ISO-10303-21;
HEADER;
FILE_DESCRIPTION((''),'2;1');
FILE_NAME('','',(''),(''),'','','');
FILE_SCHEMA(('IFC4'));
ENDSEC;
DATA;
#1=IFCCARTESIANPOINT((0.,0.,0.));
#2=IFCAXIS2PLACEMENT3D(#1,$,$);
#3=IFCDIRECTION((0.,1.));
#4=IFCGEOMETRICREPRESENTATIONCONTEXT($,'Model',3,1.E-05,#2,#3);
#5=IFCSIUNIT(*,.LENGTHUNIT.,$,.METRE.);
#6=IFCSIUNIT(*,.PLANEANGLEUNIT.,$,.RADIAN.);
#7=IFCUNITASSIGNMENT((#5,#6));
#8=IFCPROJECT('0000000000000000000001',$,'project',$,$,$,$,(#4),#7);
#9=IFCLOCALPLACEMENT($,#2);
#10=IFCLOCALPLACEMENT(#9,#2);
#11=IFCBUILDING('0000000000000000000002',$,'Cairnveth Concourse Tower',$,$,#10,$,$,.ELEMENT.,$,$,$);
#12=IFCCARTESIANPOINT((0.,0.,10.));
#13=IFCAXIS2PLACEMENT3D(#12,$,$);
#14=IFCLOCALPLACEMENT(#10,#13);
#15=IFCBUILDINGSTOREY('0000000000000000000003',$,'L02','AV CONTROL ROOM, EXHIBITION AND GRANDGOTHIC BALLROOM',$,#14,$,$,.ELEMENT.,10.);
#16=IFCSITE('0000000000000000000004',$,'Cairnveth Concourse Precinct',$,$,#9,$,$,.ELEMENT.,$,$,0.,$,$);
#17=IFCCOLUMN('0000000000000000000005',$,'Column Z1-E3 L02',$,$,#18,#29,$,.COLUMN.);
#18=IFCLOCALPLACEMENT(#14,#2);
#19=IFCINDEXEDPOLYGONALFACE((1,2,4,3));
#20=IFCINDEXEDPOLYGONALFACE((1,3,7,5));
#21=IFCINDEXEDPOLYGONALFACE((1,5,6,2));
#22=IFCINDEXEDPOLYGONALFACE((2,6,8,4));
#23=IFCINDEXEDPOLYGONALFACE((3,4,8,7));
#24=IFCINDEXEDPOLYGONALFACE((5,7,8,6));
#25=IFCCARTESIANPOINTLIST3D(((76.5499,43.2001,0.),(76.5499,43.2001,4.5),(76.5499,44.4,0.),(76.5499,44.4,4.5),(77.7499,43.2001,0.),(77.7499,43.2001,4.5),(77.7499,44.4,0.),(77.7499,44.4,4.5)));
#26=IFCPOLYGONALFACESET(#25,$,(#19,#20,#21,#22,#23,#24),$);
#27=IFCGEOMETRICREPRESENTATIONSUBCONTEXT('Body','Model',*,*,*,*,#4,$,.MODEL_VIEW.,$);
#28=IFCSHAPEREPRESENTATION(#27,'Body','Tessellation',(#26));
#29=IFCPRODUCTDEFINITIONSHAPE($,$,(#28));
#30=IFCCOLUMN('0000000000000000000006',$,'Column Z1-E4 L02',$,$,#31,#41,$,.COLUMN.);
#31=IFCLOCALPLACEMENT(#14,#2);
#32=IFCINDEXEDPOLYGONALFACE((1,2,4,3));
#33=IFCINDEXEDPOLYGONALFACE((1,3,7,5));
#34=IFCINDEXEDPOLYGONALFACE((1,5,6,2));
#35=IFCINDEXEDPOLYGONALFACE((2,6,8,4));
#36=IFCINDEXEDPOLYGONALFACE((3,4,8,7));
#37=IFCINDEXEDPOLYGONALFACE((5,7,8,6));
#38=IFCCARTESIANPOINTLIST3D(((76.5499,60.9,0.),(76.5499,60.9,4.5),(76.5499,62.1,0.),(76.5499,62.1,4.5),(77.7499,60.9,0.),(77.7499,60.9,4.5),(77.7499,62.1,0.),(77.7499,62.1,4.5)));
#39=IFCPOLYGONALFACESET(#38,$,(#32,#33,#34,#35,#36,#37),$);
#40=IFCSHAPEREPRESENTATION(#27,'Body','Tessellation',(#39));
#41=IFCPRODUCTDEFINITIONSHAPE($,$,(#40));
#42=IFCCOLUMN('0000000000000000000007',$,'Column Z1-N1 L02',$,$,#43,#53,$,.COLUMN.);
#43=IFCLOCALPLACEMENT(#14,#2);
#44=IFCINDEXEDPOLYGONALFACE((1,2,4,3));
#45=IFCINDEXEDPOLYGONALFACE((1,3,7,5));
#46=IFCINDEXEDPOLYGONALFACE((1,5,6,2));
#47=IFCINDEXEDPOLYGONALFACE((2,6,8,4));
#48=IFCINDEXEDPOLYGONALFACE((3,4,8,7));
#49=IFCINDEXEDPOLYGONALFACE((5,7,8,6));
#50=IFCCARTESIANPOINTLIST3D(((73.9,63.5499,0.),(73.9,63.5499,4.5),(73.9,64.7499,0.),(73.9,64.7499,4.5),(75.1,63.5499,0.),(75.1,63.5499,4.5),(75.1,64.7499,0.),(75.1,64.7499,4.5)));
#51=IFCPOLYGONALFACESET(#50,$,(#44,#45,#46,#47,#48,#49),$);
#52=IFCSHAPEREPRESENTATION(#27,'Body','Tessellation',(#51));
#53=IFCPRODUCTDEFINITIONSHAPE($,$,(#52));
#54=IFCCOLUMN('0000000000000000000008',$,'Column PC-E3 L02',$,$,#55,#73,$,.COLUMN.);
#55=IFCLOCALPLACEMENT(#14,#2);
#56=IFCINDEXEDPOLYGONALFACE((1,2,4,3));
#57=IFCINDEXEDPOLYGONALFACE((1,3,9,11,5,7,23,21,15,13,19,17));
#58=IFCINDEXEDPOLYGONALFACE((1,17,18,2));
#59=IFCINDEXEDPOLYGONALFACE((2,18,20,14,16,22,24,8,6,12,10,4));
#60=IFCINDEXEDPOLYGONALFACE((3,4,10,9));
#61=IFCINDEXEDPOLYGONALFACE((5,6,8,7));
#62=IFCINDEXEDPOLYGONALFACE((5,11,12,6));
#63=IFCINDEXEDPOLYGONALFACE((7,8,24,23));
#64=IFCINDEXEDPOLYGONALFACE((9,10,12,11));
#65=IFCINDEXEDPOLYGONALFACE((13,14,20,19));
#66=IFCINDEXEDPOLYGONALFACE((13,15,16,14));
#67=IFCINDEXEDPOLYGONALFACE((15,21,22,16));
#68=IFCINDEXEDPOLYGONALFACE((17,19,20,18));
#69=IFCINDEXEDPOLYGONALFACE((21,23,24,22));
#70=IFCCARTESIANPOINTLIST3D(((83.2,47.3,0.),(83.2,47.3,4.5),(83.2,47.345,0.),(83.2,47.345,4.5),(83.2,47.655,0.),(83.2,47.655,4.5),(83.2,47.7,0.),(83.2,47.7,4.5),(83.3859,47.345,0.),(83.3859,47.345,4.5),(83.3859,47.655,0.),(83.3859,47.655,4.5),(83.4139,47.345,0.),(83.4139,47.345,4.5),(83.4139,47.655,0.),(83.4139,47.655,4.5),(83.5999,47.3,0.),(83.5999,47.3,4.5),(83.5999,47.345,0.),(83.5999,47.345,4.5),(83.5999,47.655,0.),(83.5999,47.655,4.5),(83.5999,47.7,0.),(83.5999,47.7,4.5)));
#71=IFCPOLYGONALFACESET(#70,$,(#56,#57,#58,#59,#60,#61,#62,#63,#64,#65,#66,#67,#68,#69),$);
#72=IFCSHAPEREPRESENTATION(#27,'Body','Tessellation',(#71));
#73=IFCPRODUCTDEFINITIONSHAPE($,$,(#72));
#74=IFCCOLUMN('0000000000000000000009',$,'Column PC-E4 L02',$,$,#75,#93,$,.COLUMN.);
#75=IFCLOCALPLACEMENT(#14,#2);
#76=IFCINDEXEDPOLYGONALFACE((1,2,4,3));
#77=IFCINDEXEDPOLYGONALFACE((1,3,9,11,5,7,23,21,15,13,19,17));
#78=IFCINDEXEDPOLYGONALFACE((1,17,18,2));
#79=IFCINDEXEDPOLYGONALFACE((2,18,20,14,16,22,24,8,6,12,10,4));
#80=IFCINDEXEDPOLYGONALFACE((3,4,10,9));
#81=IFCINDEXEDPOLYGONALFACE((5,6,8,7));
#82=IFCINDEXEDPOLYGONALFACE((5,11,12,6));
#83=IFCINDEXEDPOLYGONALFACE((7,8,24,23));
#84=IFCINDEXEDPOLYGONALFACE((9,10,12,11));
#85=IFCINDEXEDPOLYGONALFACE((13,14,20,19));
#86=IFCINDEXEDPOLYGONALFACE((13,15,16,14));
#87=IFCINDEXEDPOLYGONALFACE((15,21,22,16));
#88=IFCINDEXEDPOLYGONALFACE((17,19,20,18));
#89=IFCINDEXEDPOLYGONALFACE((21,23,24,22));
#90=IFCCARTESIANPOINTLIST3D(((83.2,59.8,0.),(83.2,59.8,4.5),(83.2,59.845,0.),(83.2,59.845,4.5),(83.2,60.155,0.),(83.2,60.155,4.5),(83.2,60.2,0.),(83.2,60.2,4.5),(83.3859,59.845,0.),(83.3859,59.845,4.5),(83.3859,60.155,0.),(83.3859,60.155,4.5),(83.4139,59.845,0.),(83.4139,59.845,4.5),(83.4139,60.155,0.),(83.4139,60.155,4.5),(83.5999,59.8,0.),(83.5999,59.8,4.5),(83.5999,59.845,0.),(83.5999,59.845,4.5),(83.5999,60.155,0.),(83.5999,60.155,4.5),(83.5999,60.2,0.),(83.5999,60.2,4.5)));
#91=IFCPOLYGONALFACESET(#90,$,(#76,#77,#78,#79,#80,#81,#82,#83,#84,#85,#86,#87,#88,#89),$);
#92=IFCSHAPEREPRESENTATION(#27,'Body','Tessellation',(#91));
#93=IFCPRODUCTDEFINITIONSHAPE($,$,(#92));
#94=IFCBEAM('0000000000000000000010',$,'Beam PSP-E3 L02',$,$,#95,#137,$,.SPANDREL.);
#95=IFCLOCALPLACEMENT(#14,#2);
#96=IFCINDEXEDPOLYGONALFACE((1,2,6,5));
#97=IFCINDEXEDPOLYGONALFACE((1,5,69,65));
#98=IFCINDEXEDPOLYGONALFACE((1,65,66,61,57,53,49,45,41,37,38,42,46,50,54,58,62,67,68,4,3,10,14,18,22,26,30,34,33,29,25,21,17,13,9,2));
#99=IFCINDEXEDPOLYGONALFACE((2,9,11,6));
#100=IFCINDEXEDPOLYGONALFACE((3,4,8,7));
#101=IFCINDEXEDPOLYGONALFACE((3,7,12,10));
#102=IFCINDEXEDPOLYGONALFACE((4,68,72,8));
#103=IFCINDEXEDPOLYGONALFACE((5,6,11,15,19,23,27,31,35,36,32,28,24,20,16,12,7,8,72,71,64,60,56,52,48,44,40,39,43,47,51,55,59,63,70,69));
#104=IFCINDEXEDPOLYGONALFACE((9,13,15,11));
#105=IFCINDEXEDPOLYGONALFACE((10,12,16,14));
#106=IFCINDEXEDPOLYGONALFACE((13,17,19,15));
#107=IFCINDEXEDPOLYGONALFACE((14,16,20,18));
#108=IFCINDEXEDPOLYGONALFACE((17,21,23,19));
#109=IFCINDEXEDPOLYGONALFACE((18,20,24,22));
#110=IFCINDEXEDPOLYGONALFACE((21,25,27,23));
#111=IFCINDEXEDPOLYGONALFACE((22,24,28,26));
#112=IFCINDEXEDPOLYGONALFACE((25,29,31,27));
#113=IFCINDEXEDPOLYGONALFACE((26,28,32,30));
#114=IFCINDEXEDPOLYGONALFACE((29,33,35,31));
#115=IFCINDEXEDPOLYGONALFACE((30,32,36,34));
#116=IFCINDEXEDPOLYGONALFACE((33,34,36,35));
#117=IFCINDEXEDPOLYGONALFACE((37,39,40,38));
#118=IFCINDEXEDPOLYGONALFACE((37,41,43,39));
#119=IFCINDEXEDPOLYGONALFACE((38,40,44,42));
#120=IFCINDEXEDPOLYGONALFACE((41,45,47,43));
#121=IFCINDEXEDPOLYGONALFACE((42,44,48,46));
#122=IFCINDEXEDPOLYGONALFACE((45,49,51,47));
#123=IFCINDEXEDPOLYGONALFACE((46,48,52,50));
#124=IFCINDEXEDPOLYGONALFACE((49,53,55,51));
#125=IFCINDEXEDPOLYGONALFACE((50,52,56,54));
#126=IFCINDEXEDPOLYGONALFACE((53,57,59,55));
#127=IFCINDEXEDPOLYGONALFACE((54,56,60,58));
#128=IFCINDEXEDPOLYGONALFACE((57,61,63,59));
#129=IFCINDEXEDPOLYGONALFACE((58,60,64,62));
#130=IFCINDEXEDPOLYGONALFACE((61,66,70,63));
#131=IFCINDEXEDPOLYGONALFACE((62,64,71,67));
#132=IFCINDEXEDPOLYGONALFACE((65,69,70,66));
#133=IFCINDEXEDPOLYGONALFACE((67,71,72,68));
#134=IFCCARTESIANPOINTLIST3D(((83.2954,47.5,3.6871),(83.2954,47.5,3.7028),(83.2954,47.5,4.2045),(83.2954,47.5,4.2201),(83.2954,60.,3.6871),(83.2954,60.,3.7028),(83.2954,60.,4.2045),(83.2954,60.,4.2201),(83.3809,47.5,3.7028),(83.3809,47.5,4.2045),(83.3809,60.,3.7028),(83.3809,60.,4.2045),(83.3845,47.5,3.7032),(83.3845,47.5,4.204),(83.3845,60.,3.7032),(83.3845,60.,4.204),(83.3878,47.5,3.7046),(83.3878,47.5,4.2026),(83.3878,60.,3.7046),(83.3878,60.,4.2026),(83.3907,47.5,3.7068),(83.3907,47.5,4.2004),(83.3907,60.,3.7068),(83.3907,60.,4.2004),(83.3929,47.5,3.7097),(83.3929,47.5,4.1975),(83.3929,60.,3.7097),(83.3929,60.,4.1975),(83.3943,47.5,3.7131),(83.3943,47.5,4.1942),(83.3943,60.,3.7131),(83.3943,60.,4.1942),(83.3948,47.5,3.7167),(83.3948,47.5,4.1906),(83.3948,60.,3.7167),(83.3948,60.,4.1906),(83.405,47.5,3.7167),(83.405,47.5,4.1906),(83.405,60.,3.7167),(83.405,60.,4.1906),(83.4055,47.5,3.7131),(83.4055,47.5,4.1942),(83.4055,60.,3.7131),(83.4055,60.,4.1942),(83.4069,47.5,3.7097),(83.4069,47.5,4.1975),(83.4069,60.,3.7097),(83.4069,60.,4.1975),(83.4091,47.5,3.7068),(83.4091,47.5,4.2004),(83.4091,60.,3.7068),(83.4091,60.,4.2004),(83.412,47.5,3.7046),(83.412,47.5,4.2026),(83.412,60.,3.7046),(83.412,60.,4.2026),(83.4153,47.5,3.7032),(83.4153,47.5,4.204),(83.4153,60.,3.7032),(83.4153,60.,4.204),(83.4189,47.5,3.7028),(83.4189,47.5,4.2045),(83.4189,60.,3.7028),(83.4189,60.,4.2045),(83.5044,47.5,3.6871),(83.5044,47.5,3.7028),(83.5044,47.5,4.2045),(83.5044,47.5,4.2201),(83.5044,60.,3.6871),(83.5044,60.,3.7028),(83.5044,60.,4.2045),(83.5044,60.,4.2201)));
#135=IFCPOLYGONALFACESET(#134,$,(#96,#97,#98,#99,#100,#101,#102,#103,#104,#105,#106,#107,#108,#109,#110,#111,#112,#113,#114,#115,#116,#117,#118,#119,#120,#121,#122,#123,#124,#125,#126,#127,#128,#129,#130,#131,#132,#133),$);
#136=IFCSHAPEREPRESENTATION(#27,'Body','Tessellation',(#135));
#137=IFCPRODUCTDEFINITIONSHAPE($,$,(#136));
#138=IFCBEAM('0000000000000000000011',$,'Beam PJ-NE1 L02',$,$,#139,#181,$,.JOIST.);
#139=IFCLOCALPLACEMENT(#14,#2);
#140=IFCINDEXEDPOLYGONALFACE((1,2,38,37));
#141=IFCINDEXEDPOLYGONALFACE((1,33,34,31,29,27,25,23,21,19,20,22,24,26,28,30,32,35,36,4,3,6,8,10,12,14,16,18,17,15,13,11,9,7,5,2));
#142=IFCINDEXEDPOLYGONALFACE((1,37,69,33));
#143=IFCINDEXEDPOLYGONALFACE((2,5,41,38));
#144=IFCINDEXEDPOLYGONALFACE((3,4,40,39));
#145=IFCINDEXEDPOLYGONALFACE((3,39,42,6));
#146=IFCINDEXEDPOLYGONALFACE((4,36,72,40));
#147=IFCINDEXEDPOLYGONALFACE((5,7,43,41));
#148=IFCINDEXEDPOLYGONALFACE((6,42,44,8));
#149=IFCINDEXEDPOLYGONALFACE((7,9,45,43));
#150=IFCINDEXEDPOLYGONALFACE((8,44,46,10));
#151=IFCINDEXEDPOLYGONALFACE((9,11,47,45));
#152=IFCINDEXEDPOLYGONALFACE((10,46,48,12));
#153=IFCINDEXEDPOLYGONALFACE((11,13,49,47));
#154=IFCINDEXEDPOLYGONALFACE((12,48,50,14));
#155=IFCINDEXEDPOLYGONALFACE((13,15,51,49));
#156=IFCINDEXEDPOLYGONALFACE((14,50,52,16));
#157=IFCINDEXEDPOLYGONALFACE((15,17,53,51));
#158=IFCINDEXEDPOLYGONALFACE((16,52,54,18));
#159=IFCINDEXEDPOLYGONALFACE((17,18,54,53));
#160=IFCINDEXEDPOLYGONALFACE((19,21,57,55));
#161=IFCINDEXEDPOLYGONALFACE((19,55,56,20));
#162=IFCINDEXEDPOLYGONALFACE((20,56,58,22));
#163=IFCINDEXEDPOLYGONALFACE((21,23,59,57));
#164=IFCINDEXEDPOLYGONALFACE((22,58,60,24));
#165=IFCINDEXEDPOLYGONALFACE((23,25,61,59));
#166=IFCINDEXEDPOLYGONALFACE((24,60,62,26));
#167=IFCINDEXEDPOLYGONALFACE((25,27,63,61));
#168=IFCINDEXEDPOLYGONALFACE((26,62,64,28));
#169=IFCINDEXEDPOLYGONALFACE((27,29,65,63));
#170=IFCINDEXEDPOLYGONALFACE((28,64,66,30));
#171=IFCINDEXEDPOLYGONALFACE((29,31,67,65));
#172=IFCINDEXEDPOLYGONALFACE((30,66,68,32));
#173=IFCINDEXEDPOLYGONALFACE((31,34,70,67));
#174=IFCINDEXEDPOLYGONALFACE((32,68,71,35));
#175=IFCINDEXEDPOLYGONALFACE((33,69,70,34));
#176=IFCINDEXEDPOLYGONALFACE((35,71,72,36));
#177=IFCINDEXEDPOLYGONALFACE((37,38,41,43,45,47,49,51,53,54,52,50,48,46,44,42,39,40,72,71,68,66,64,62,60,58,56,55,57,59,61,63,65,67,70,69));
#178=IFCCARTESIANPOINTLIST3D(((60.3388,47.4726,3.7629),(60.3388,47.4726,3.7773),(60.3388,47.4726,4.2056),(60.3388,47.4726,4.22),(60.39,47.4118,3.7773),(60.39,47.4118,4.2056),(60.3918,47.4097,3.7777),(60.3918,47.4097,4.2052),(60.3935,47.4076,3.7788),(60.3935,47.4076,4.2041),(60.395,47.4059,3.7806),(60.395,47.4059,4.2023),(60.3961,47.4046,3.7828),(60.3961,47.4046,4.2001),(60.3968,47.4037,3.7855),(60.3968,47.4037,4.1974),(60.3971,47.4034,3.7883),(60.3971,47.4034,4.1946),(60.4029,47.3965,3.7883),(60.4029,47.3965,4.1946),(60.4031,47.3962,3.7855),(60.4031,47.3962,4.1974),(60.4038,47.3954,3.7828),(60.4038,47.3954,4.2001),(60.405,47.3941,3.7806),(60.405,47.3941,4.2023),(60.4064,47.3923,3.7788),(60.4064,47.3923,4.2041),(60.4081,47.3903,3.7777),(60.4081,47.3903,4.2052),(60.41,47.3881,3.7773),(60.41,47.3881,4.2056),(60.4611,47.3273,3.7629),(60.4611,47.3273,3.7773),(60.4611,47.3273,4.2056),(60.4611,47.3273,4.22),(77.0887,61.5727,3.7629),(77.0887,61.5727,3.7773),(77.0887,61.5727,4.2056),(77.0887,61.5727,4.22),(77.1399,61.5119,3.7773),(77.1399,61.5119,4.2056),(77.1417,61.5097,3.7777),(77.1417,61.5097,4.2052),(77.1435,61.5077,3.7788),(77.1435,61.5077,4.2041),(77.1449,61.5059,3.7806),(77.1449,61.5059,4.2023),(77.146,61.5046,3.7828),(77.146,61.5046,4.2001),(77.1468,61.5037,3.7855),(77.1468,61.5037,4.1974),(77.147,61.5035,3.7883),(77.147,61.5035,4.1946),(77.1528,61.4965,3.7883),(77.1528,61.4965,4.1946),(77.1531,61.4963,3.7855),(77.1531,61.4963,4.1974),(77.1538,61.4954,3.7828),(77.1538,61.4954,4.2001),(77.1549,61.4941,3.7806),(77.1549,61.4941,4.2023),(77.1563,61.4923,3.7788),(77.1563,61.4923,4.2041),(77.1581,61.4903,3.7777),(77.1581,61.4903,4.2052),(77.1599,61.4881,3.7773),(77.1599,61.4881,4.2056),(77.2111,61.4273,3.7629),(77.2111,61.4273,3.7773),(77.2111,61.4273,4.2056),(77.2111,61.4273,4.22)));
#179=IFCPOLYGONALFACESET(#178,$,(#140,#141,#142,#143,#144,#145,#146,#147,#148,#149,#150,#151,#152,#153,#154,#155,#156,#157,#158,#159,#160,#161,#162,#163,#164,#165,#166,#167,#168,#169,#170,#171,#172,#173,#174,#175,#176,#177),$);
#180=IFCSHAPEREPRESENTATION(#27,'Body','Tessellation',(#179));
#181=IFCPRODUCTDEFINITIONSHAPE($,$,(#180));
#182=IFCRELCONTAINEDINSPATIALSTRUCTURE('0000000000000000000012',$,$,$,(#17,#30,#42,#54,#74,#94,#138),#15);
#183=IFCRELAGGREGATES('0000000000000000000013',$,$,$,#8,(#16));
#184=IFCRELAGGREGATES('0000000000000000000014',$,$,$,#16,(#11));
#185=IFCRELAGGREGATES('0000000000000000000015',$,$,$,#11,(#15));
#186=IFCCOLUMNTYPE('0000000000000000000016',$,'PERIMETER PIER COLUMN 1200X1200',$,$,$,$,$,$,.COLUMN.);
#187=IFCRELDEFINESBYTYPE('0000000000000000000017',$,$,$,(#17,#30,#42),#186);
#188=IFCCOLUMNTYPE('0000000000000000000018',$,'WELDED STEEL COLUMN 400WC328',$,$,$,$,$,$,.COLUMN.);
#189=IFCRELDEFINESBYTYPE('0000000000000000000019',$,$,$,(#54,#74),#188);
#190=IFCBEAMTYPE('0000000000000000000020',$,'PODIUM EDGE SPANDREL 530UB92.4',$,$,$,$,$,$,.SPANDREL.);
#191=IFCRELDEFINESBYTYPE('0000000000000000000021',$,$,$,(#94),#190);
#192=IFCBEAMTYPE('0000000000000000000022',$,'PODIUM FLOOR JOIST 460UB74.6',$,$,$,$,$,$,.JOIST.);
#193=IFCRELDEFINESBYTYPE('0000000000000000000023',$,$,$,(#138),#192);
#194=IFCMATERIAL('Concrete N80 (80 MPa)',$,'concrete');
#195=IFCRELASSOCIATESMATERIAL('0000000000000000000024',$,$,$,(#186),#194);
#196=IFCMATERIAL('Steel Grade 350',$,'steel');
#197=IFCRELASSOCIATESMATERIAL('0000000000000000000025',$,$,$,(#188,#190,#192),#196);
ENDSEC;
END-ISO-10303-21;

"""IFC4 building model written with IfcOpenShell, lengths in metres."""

from ifc_helpers import new_model, si_unit, direction, frame, origin, origin_2d, place, context, subcontext, project, spatial, rectangle, i_section, extrude, material, material_profile, profile_set, type_object, element, save


model = new_model("IFC4")

# Units and contexts
model_context = context("Model", 3, precision=1e-05, world=origin(), true_north=direction((0.0, 1.0)))
body_context = subcontext(model_context, "Body", "Model", "MODEL_VIEW")
ifc_project = project(units=[si_unit("LENGTHUNIT", "METRE"), si_unit("PLANEANGLEUNIT", "RADIAN")], contexts=[model_context])

# Site, building, storey
site_placement = place(None, origin())
site = spatial("IfcSite", under=ifc_project, at=site_placement, Name="Cairnveth Concourse Precinct", CompositionType="ELEMENT", RefElevation=0.0)
building_placement = place(site_placement, origin())
building = spatial("IfcBuilding", under=site, at=building_placement, Name="Cairnveth Concourse Tower", CompositionType="ELEMENT")
storey_placement = place(building_placement, frame((0.0, 0.0, 10.0)))
storey = spatial("IfcBuildingStorey", under=building, at=storey_placement, Name="L02", Description="AV CONTROL ROOM, EXHIBITION AND GRANDGOTHIC BALLROOM", CompositionType="ELEMENT", Elevation=10.0)

# Columns
ifc_material_1 = material(Name="Concrete N80 (80 MPa)", Category="concrete")
ifc_material_profile_1 = material_profile(ifc_material_1, rectangle(XDim=1.2, YDim=1.2, at=origin_2d()), Name="RC-COL-1200x1200")
ifc_profile_set_1 = profile_set([ifc_material_profile_1], Name="Concrete N80 (80 MPa)")
column_type_1 = type_object("IfcColumnType", Name="PERIMETER PIER COLUMN 1200X1200", PredefinedType="COLUMN", material=ifc_profile_set_1)
for number, where, z_axis, x_axis, name in (
    (1, (77.1499, 43.8, 0.0), (0.0, 0.0, 1.0), (1.0, 0.0, 0.0), "Column Z1-E3 L02"),
    (2, (77.1499, 61.5, 0.0), (0.0, 0.0, 1.0), (1.0, 0.0, 0.0), "Column Z1-E4 L02"),
    (3, (74.5, 64.1499, 0.0), (0.0, 0.0, 1.0), (1.0, 0.0, 0.0), "Column Z1-N1 L02"),
):
    element("IfcColumn", number, at=place(storey_placement, frame(where, z_axis=z_axis, x_axis=x_axis)), inside=storey, type_object=column_type_1, Name=name, PredefinedType="COLUMN", context=body_context, shape_type="SweptSolid", body=[
        extrude(rectangle(XDim=1.2, YDim=1.2, at=origin_2d()), origin(), (0.0, 0.0, 1.0), 4.5),
    ])
ifc_material_2 = material(Name="Steel Grade 350", Category="steel")
ifc_material_profile_2 = material_profile(ifc_material_2, i_section(OverallWidth=0.3999, OverallDepth=0.3999, WebThickness=0.0281, FlangeThickness=0.0449, at=origin_2d()), Name="400WC328")
ifc_profile_set_2 = profile_set([ifc_material_profile_2], Name="Steel Grade 350")
column_type_2 = type_object("IfcColumnType", Name="WELDED STEEL COLUMN 400WC328", PredefinedType="COLUMN", material=ifc_profile_set_2)
for number, where, z_axis, x_axis, name in (
    (4, (83.3999, 47.5, 0.0), (0.0, 0.0, 1.0), (1.0, 0.0, 0.0), "Column PC-E3 L02"),
    (5, (83.3999, 60.0, 0.0), (0.0, 0.0, 1.0), (1.0, 0.0, 0.0), "Column PC-E4 L02"),
):
    element("IfcColumn", number, at=place(storey_placement, frame(where, z_axis=z_axis, x_axis=x_axis)), inside=storey, type_object=column_type_2, Name=name, PredefinedType="COLUMN", context=body_context, shape_type="SweptSolid", body=[
        extrude(i_section(OverallWidth=0.3999, OverallDepth=0.3999, WebThickness=0.0281, FlangeThickness=0.0449, at=origin_2d()), origin(), (0.0, 0.0, 1.0), 4.5),
    ])

# Beams
ifc_material_profile_3 = material_profile(ifc_material_2, i_section(OverallWidth=0.209, OverallDepth=0.533, WebThickness=0.0103, FlangeThickness=0.0156, FilletRadius=0.0139, at=origin_2d()), Name="530UB92.4")
ifc_profile_set_3 = profile_set([ifc_material_profile_3], Name="Steel Grade 350")
beam_type_1 = type_object("IfcBeamType", Name="PODIUM EDGE SPANDREL 530UB92.4", PredefinedType="SPANDREL", material=ifc_profile_set_3)
beam_1_placement = place(storey_placement, frame((83.3999, 47.5, 3.9536), z_axis=(0.0, 1.0, 0.0), x_axis=(-1.0, 0.0, 0.0)))
element("IfcBeam", 6, at=beam_1_placement, inside=storey, type_object=beam_type_1, Name="Beam PSP-E3 L02", PredefinedType="SPANDREL", context=body_context, shape_type="SweptSolid", body=[
    extrude(i_section(OverallWidth=0.209, OverallDepth=0.533, WebThickness=0.0103, FlangeThickness=0.0156, FilletRadius=0.0139, at=origin_2d()), origin(), (0.0, 0.0, 1.0), 12.5),
])
ifc_material_profile_4 = material_profile(ifc_material_2, i_section(OverallWidth=0.1899, OverallDepth=0.457, WebThickness=0.009, FlangeThickness=0.0144, FilletRadius=0.011, at=origin_2d()), Name="460UB74.6")
ifc_profile_set_4 = profile_set([ifc_material_profile_4], Name="Steel Grade 350")
beam_type_2 = type_object("IfcBeamType", Name="PODIUM FLOOR JOIST 460UB74.6", PredefinedType="JOIST", material=ifc_profile_set_4)
beam_2_placement = place(storey_placement, frame((77.1499, 61.5, 3.9915), z_axis=(-0.765027, -0.643998, 0.0), x_axis=(0.643998, -0.765027, 0.0)))
element("IfcBeam", 7, at=beam_2_placement, inside=storey, type_object=beam_type_2, Name="Beam PJ-NE1 L02", PredefinedType="JOIST", context=body_context, shape_type="SweptSolid", body=[
    extrude(i_section(OverallWidth=0.1899, OverallDepth=0.457, WebThickness=0.009, FlangeThickness=0.0144, FilletRadius=0.011, at=origin_2d()), origin(), (0.0, 0.0, 1.0), 21.8945),
])

save(model, "model.ifc")
